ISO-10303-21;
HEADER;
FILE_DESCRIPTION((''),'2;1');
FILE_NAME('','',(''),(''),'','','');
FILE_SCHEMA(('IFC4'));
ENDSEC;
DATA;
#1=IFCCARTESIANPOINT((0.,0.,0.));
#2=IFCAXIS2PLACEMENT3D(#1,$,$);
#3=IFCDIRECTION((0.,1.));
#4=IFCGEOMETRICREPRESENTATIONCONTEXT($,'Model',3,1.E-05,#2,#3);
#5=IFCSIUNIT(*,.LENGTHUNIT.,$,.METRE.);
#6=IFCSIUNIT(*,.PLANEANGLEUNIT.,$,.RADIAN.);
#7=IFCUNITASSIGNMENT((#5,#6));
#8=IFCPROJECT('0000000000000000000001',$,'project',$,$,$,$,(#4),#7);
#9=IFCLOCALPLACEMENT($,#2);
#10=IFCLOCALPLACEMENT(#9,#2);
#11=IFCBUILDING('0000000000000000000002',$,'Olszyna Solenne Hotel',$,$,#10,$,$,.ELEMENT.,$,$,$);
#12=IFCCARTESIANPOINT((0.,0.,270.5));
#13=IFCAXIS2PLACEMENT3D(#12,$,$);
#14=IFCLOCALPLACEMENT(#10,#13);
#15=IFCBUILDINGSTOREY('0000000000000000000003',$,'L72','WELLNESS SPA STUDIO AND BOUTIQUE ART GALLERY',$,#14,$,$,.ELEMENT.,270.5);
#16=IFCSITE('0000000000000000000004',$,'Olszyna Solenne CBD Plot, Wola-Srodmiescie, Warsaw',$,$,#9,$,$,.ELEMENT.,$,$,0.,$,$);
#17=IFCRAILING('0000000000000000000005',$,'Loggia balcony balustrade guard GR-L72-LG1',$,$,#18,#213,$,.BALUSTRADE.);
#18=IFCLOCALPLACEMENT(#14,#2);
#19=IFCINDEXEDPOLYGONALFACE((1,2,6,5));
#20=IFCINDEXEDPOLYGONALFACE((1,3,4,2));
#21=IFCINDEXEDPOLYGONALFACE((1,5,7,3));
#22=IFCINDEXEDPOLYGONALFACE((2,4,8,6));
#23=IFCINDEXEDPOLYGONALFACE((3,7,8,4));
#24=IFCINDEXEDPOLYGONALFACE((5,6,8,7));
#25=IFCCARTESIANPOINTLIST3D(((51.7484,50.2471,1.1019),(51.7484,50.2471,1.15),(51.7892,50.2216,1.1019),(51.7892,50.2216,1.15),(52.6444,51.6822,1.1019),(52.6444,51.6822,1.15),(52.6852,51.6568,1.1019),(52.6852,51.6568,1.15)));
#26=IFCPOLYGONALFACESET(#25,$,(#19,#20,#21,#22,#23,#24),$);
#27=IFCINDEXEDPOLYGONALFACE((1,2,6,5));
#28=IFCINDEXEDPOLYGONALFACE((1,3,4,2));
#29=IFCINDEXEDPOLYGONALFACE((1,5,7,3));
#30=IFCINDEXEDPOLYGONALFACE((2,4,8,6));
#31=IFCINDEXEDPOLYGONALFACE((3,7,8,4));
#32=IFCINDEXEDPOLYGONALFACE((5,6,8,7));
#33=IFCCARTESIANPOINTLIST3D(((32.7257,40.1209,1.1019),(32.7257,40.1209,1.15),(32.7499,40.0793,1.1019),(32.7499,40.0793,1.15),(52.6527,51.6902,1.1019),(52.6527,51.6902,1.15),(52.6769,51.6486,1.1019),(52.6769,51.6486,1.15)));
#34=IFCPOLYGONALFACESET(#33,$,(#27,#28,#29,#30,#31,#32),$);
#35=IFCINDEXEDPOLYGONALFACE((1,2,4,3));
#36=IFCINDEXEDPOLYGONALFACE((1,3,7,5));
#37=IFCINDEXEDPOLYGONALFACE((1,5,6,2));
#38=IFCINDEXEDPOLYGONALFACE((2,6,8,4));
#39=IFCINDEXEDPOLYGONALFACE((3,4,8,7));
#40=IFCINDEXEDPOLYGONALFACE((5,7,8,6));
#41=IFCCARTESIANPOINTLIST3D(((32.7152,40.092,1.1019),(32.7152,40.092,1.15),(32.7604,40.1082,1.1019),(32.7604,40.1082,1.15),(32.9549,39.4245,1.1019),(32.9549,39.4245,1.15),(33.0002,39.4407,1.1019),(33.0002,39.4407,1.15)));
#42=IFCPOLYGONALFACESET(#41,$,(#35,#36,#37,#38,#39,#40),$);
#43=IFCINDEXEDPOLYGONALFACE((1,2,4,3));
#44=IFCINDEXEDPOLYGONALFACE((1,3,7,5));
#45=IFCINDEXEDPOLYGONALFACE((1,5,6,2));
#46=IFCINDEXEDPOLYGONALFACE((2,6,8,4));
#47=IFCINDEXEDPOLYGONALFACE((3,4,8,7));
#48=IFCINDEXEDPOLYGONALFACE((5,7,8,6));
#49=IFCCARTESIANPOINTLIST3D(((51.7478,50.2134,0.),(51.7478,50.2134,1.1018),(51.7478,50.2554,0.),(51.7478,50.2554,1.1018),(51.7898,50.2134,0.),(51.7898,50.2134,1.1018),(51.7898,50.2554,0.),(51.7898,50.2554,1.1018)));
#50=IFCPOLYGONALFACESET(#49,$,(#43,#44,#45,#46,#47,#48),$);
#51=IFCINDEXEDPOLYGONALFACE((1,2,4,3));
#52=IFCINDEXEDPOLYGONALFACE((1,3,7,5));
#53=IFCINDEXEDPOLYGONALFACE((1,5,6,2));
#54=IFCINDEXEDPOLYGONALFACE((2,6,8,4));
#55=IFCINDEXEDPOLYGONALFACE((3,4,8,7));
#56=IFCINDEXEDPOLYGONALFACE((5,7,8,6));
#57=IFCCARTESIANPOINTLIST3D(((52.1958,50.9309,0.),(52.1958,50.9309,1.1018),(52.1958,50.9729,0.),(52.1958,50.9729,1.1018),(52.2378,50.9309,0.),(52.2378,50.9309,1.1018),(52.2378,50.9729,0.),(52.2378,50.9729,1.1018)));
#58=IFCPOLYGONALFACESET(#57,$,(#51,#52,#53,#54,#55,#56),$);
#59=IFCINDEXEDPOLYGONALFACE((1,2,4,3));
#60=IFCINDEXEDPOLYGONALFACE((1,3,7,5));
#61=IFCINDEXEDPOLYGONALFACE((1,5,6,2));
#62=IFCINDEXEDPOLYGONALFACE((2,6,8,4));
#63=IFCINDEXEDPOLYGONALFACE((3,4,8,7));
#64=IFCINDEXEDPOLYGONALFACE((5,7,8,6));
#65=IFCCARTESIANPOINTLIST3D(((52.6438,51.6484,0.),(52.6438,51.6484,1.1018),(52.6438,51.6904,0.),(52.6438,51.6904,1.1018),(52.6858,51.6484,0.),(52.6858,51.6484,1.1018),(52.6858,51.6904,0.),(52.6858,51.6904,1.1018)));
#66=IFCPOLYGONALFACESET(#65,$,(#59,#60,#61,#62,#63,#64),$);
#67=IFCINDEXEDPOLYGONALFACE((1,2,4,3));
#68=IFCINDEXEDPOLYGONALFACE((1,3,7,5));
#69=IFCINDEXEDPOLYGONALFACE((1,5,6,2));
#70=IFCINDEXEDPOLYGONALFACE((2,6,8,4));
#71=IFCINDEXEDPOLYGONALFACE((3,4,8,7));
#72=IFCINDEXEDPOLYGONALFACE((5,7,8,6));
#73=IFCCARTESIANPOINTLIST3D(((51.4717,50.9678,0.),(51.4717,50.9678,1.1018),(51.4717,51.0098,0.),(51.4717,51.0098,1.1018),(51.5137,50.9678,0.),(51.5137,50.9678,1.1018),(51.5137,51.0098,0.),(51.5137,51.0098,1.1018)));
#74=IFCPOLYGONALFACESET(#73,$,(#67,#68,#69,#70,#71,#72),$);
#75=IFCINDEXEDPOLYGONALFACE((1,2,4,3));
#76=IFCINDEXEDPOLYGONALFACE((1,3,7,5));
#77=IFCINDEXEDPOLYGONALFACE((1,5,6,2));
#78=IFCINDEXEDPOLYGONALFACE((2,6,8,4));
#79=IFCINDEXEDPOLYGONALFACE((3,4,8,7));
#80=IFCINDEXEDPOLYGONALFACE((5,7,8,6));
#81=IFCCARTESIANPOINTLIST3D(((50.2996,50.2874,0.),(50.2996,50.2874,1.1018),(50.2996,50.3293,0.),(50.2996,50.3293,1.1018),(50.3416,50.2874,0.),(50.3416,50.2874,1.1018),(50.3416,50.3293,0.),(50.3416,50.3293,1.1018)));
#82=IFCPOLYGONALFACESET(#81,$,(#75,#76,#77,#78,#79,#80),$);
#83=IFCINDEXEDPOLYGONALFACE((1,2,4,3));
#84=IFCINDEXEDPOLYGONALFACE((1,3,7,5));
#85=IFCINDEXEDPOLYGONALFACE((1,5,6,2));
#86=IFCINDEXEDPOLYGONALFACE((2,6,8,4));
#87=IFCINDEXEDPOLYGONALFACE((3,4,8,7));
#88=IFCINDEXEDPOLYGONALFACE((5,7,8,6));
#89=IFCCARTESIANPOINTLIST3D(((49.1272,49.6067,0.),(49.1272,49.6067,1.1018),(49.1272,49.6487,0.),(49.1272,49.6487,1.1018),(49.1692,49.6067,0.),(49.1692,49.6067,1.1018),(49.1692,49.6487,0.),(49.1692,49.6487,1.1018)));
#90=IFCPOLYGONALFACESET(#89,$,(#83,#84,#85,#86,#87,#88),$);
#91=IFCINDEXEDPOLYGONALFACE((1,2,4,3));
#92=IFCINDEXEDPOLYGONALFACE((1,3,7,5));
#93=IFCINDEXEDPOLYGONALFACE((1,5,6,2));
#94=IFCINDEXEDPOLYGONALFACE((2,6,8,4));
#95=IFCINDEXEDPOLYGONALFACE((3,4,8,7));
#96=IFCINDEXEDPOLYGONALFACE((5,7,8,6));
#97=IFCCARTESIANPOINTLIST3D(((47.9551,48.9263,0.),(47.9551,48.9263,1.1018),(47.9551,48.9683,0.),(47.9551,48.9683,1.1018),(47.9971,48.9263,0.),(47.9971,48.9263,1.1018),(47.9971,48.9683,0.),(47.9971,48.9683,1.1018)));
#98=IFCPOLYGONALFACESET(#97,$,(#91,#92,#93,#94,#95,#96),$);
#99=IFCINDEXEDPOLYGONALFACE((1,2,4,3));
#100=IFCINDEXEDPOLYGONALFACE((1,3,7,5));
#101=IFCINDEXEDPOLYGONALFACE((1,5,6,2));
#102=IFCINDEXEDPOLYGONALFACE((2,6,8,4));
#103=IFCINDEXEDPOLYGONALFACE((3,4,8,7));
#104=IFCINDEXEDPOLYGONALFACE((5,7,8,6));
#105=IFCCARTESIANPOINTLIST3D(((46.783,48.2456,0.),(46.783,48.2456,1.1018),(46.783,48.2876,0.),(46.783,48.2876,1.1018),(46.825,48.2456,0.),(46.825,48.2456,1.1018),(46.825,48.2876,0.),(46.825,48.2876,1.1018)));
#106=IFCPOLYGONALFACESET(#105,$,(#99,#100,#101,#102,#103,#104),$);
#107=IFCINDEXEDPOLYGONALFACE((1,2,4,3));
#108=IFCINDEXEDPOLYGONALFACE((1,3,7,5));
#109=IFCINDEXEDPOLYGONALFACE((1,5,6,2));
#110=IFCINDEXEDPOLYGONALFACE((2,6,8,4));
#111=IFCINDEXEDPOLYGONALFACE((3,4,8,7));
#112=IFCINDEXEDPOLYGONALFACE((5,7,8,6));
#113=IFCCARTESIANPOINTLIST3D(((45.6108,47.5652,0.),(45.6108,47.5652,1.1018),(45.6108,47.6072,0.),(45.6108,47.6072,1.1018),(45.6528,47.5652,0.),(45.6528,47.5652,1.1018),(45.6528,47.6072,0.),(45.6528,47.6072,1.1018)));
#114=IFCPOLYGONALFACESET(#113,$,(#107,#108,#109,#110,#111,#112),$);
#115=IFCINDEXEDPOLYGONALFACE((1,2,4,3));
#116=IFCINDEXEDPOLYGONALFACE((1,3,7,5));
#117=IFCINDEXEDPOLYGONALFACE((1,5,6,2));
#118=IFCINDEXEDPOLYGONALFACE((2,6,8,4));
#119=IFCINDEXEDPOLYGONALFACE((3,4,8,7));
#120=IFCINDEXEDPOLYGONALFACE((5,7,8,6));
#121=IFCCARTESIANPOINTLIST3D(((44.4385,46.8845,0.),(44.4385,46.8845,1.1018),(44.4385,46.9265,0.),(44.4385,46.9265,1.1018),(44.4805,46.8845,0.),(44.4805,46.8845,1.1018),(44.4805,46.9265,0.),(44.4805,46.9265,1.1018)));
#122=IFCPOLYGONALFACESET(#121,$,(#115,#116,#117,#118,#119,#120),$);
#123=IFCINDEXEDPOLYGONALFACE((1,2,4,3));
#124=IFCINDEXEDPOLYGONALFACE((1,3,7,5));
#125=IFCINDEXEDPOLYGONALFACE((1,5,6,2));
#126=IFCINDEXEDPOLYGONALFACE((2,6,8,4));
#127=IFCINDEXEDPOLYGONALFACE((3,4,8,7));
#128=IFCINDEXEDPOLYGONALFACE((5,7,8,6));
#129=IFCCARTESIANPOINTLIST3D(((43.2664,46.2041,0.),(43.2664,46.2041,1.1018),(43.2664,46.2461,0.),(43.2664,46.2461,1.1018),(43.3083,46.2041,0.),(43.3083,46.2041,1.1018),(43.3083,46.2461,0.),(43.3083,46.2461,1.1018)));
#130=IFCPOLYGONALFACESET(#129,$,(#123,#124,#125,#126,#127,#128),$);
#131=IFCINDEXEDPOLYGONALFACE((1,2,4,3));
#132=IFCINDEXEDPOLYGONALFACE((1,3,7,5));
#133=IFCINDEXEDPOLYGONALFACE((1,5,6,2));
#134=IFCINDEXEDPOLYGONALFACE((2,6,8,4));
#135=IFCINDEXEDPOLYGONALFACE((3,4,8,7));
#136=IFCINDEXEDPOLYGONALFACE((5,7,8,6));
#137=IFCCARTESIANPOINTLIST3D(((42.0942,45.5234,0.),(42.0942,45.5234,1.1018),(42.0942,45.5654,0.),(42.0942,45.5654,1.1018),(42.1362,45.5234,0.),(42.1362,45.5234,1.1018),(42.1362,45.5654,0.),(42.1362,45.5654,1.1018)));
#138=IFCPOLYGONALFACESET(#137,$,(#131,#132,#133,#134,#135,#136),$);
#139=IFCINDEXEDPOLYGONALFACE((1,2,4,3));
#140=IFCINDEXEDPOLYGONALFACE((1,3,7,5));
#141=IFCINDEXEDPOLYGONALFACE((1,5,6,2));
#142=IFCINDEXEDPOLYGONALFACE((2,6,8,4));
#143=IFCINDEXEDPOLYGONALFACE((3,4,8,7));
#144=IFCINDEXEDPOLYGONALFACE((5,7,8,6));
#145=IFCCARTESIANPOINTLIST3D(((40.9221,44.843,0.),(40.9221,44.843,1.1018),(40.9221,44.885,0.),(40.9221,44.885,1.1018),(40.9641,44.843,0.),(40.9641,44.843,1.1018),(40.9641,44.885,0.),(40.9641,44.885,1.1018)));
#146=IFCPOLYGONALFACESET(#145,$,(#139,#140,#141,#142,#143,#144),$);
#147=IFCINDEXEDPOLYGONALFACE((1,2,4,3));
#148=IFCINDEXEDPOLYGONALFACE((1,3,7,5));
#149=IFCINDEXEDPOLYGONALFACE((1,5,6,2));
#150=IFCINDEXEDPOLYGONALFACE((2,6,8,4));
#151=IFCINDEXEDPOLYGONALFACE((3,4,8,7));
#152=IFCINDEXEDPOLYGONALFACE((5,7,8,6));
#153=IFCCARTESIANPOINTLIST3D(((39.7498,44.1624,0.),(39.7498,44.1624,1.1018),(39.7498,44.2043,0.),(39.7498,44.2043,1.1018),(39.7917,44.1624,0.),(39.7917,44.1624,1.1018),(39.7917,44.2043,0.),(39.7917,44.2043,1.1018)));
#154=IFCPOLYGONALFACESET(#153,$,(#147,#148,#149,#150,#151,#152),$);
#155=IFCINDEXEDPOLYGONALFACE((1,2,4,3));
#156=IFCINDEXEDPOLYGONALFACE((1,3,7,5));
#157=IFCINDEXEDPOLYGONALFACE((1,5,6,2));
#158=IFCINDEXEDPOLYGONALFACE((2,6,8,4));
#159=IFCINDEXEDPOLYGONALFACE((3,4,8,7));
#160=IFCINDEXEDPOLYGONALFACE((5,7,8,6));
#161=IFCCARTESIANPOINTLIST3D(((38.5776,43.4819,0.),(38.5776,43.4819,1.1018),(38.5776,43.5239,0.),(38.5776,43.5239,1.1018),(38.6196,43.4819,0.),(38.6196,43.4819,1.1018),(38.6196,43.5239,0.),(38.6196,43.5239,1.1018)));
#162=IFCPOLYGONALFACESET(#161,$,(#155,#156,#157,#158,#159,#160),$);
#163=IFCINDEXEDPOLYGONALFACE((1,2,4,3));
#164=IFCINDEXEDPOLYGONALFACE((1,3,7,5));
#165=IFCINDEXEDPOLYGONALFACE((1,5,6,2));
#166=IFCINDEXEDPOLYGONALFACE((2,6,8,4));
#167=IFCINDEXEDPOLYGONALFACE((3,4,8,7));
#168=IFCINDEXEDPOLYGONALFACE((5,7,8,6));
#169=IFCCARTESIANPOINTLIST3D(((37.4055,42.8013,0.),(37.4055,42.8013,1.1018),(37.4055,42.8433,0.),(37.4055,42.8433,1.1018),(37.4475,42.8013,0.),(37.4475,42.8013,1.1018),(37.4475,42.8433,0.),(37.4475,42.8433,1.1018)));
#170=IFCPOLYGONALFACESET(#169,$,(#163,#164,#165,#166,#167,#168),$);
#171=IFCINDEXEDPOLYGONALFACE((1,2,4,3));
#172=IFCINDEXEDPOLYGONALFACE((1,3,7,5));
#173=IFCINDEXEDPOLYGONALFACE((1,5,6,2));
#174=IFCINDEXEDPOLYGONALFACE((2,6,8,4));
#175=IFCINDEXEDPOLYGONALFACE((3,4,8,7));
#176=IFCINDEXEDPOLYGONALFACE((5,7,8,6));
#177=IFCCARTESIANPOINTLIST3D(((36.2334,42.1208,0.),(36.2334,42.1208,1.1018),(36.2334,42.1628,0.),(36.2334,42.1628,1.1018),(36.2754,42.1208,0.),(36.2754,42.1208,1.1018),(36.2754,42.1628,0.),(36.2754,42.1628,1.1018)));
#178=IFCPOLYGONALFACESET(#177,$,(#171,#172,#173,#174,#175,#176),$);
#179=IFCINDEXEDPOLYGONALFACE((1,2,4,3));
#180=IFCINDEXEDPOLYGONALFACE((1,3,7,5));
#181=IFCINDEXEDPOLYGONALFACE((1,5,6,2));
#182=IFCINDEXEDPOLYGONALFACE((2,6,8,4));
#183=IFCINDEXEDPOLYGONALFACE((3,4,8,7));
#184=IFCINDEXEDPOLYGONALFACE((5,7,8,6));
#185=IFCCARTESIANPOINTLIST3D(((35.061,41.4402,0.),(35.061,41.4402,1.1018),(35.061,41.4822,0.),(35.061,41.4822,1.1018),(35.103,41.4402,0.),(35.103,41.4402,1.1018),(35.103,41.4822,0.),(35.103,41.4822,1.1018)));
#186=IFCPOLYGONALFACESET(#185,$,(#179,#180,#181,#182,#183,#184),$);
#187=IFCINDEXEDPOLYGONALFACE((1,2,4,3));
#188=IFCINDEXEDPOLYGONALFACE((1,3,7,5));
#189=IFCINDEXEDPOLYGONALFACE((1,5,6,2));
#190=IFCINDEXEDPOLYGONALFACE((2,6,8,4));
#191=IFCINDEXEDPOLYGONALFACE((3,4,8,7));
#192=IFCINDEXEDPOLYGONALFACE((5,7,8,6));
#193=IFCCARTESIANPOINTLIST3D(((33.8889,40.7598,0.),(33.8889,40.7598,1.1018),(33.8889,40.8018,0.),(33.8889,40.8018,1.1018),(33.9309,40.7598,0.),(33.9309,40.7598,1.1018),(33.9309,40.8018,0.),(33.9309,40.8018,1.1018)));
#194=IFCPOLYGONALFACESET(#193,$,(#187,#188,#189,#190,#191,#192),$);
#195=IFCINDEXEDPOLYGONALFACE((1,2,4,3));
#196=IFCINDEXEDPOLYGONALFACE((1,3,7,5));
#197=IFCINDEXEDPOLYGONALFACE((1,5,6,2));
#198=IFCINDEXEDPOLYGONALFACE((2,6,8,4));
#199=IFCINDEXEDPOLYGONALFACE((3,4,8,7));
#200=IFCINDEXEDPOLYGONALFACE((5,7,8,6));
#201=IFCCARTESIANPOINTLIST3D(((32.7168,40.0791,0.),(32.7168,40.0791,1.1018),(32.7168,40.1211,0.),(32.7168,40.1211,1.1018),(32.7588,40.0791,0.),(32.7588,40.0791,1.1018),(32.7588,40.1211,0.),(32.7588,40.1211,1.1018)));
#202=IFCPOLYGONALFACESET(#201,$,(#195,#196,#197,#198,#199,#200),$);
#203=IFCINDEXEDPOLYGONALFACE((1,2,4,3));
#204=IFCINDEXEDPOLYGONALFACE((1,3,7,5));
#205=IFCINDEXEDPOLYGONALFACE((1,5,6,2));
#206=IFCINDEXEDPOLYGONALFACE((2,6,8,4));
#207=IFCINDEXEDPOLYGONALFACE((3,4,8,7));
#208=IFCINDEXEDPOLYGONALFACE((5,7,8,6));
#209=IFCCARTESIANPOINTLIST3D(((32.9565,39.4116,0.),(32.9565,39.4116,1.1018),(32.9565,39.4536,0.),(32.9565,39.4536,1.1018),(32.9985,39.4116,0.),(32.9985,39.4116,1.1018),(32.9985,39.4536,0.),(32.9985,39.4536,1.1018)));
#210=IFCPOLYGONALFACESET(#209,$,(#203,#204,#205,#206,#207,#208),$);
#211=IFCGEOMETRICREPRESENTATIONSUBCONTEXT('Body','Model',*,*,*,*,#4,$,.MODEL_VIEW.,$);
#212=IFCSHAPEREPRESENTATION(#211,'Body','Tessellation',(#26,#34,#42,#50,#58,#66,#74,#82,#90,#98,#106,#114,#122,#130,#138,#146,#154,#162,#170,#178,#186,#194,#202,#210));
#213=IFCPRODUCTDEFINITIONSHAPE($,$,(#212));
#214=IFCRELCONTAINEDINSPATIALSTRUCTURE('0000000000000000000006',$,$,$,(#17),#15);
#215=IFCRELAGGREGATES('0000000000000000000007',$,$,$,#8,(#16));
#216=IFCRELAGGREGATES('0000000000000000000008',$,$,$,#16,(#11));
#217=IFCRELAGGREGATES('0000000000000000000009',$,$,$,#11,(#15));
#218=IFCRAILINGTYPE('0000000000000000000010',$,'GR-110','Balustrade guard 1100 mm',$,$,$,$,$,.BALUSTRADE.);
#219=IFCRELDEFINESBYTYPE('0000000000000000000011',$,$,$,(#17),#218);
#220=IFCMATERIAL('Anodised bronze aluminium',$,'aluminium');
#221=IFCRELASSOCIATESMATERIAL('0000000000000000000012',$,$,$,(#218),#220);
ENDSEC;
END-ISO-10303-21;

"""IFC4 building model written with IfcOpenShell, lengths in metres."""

from ifc_helpers import new_model, si_unit, direction, frame, origin, origin_2d, place, context, subcontext, project, spatial, rectangle, extrude, material, type_object, element, save


model = new_model("IFC4")

# Units and contexts
model_context = context("Model", 3, precision=1e-05, world=origin(), true_north=direction((0.0, 1.0)))
body_context = subcontext(model_context, "Body", "Model", "MODEL_VIEW")
ifc_project = project(units=[si_unit("LENGTHUNIT", "METRE"), si_unit("PLANEANGLEUNIT", "RADIAN")], contexts=[model_context])

# Site, building, storey
site_placement = place(None, origin())
site = spatial("IfcSite", under=ifc_project, at=site_placement, Name="Olszyna Solenne CBD Plot, Wola-Srodmiescie, Warsaw", CompositionType="ELEMENT", RefElevation=0.0)
building_placement = place(site_placement, origin())
building = spatial("IfcBuilding", under=site, at=building_placement, Name="Olszyna Solenne Hotel", CompositionType="ELEMENT")
storey_placement = place(building_placement, frame((0.0, 0.0, 270.5)))
storey = spatial("IfcBuildingStorey", under=building, at=storey_placement, Name="L72", Description="WELLNESS SPA STUDIO AND BOUTIQUE ART GALLERY", CompositionType="ELEMENT", Elevation=270.5)

# Railing
ifc_material_1 = material(Name="Anodised bronze aluminium", Category="aluminium")
railing_type = type_object("IfcRailingType", Name="GR-110", Description="Balustrade guard 1100 mm", PredefinedType="BALUSTRADE", material=ifc_material_1)
railing_placement = place(storey_placement, frame((51.7688, 50.2344, 0.0)))
element("IfcRailing", 1, at=railing_placement, inside=storey, type_object=railing_type, Name="Loggia balcony balustrade guard GR-L72-LG1", PredefinedType="BALUSTRADE", context=body_context, shape_type="SweptSolid", body=[
    extrude(rectangle(XDim=0.0481, YDim=0.0481, at=origin_2d()), frame((0.0, 0.0, 1.126), z_axis=(0.52961, 0.848241, 0.0), x_axis=(-0.848241, 0.52961, 0.0)), (0.0, 0.0, 1.0), 1.6919),
    extrude(rectangle(XDim=0.0481, YDim=0.0481, at=origin_2d()), frame((0.896, 1.4351, 1.126), z_axis=(-0.864811, -0.502097, 0.0), x_axis=(0.502097, -0.864811, 0.0)), (0.0, 0.0, 1.0), 23.042),
    extrude(rectangle(XDim=0.0481, YDim=0.0481, at=origin_2d()), frame((-19.031, -10.1343, 1.126), z_axis=(0.338037, -0.941133, 0.0), x_axis=(0.941133, 0.338037, 0.0)), (0.0, 0.0, 1.0), 0.7092),
    extrude(rectangle(XDim=0.042, YDim=0.042, at=origin_2d()), origin(), (0.0, 0.0, 1.0), 1.1018),
    extrude(rectangle(XDim=0.042, YDim=0.042, at=origin_2d()), frame((0.448, 0.7175, 0.0)), (0.0, 0.0, 1.0), 1.1018),
    extrude(rectangle(XDim=0.042, YDim=0.042, at=origin_2d()), frame((0.896, 1.4351, 0.0)), (0.0, 0.0, 1.0), 1.1018),
    extrude(rectangle(XDim=0.042, YDim=0.042, at=origin_2d()), frame((-0.2761, 0.7544, 0.0)), (0.0, 0.0, 1.0), 1.1018),
    extrude(rectangle(XDim=0.042, YDim=0.042, at=origin_2d()), frame((-1.4482, 0.074, 0.0)), (0.0, 0.0, 1.0), 1.1018),
    extrude(rectangle(XDim=0.042, YDim=0.042, at=origin_2d()), frame((-2.6206, -0.6067, 0.0)), (0.0, 0.0, 1.0), 1.1018),
    extrude(rectangle(XDim=0.042, YDim=0.042, at=origin_2d()), frame((-3.7927, -1.2871, 0.0)), (0.0, 0.0, 1.0), 1.1018),
    extrude(rectangle(XDim=0.042, YDim=0.042, at=origin_2d()), frame((-4.9648, -1.9678, 0.0)), (0.0, 0.0, 1.0), 1.1018),
    extrude(rectangle(XDim=0.042, YDim=0.042, at=origin_2d()), frame((-6.137, -2.6482, 0.0)), (0.0, 0.0, 1.0), 1.1018),
    extrude(rectangle(XDim=0.042, YDim=0.042, at=origin_2d()), frame((-7.3093, -3.3289, 0.0)), (0.0, 0.0, 1.0), 1.1018),
    extrude(rectangle(XDim=0.042, YDim=0.042, at=origin_2d()), frame((-8.4814, -4.0093, 0.0)), (0.0, 0.0, 1.0), 1.1018),
    extrude(rectangle(XDim=0.042, YDim=0.042, at=origin_2d()), frame((-9.6536, -4.6899, 0.0)), (0.0, 0.0, 1.0), 1.1018),
    extrude(rectangle(XDim=0.042, YDim=0.042, at=origin_2d()), frame((-10.8257, -5.3704, 0.0)), (0.0, 0.0, 1.0), 1.1018),
    extrude(rectangle(XDim=0.042, YDim=0.042, at=origin_2d()), frame((-11.998, -6.051, 0.0)), (0.0, 0.0, 1.0), 1.1018),
    extrude(rectangle(XDim=0.042, YDim=0.042, at=origin_2d()), frame((-13.1702, -6.7314, 0.0)), (0.0, 0.0, 1.0), 1.1018),
    extrude(rectangle(XDim=0.042, YDim=0.042, at=origin_2d()), frame((-14.3423, -7.4121, 0.0)), (0.0, 0.0, 1.0), 1.1018),
    extrude(rectangle(XDim=0.042, YDim=0.042, at=origin_2d()), frame((-15.5144, -8.0925, 0.0)), (0.0, 0.0, 1.0), 1.1018),
    extrude(rectangle(XDim=0.042, YDim=0.042, at=origin_2d()), frame((-16.6868, -8.7732, 0.0)), (0.0, 0.0, 1.0), 1.1018),
    extrude(rectangle(XDim=0.042, YDim=0.042, at=origin_2d()), frame((-17.8589, -9.4536, 0.0)), (0.0, 0.0, 1.0), 1.1018),
    extrude(rectangle(XDim=0.042, YDim=0.042, at=origin_2d()), frame((-19.031, -10.1343, 0.0)), (0.0, 0.0, 1.0), 1.1018),
    extrude(rectangle(XDim=0.042, YDim=0.042, at=origin_2d()), frame((-18.7913, -10.8018, 0.0)), (0.0, 0.0, 1.0), 1.1018),
])

save(model, "model.ifc")
